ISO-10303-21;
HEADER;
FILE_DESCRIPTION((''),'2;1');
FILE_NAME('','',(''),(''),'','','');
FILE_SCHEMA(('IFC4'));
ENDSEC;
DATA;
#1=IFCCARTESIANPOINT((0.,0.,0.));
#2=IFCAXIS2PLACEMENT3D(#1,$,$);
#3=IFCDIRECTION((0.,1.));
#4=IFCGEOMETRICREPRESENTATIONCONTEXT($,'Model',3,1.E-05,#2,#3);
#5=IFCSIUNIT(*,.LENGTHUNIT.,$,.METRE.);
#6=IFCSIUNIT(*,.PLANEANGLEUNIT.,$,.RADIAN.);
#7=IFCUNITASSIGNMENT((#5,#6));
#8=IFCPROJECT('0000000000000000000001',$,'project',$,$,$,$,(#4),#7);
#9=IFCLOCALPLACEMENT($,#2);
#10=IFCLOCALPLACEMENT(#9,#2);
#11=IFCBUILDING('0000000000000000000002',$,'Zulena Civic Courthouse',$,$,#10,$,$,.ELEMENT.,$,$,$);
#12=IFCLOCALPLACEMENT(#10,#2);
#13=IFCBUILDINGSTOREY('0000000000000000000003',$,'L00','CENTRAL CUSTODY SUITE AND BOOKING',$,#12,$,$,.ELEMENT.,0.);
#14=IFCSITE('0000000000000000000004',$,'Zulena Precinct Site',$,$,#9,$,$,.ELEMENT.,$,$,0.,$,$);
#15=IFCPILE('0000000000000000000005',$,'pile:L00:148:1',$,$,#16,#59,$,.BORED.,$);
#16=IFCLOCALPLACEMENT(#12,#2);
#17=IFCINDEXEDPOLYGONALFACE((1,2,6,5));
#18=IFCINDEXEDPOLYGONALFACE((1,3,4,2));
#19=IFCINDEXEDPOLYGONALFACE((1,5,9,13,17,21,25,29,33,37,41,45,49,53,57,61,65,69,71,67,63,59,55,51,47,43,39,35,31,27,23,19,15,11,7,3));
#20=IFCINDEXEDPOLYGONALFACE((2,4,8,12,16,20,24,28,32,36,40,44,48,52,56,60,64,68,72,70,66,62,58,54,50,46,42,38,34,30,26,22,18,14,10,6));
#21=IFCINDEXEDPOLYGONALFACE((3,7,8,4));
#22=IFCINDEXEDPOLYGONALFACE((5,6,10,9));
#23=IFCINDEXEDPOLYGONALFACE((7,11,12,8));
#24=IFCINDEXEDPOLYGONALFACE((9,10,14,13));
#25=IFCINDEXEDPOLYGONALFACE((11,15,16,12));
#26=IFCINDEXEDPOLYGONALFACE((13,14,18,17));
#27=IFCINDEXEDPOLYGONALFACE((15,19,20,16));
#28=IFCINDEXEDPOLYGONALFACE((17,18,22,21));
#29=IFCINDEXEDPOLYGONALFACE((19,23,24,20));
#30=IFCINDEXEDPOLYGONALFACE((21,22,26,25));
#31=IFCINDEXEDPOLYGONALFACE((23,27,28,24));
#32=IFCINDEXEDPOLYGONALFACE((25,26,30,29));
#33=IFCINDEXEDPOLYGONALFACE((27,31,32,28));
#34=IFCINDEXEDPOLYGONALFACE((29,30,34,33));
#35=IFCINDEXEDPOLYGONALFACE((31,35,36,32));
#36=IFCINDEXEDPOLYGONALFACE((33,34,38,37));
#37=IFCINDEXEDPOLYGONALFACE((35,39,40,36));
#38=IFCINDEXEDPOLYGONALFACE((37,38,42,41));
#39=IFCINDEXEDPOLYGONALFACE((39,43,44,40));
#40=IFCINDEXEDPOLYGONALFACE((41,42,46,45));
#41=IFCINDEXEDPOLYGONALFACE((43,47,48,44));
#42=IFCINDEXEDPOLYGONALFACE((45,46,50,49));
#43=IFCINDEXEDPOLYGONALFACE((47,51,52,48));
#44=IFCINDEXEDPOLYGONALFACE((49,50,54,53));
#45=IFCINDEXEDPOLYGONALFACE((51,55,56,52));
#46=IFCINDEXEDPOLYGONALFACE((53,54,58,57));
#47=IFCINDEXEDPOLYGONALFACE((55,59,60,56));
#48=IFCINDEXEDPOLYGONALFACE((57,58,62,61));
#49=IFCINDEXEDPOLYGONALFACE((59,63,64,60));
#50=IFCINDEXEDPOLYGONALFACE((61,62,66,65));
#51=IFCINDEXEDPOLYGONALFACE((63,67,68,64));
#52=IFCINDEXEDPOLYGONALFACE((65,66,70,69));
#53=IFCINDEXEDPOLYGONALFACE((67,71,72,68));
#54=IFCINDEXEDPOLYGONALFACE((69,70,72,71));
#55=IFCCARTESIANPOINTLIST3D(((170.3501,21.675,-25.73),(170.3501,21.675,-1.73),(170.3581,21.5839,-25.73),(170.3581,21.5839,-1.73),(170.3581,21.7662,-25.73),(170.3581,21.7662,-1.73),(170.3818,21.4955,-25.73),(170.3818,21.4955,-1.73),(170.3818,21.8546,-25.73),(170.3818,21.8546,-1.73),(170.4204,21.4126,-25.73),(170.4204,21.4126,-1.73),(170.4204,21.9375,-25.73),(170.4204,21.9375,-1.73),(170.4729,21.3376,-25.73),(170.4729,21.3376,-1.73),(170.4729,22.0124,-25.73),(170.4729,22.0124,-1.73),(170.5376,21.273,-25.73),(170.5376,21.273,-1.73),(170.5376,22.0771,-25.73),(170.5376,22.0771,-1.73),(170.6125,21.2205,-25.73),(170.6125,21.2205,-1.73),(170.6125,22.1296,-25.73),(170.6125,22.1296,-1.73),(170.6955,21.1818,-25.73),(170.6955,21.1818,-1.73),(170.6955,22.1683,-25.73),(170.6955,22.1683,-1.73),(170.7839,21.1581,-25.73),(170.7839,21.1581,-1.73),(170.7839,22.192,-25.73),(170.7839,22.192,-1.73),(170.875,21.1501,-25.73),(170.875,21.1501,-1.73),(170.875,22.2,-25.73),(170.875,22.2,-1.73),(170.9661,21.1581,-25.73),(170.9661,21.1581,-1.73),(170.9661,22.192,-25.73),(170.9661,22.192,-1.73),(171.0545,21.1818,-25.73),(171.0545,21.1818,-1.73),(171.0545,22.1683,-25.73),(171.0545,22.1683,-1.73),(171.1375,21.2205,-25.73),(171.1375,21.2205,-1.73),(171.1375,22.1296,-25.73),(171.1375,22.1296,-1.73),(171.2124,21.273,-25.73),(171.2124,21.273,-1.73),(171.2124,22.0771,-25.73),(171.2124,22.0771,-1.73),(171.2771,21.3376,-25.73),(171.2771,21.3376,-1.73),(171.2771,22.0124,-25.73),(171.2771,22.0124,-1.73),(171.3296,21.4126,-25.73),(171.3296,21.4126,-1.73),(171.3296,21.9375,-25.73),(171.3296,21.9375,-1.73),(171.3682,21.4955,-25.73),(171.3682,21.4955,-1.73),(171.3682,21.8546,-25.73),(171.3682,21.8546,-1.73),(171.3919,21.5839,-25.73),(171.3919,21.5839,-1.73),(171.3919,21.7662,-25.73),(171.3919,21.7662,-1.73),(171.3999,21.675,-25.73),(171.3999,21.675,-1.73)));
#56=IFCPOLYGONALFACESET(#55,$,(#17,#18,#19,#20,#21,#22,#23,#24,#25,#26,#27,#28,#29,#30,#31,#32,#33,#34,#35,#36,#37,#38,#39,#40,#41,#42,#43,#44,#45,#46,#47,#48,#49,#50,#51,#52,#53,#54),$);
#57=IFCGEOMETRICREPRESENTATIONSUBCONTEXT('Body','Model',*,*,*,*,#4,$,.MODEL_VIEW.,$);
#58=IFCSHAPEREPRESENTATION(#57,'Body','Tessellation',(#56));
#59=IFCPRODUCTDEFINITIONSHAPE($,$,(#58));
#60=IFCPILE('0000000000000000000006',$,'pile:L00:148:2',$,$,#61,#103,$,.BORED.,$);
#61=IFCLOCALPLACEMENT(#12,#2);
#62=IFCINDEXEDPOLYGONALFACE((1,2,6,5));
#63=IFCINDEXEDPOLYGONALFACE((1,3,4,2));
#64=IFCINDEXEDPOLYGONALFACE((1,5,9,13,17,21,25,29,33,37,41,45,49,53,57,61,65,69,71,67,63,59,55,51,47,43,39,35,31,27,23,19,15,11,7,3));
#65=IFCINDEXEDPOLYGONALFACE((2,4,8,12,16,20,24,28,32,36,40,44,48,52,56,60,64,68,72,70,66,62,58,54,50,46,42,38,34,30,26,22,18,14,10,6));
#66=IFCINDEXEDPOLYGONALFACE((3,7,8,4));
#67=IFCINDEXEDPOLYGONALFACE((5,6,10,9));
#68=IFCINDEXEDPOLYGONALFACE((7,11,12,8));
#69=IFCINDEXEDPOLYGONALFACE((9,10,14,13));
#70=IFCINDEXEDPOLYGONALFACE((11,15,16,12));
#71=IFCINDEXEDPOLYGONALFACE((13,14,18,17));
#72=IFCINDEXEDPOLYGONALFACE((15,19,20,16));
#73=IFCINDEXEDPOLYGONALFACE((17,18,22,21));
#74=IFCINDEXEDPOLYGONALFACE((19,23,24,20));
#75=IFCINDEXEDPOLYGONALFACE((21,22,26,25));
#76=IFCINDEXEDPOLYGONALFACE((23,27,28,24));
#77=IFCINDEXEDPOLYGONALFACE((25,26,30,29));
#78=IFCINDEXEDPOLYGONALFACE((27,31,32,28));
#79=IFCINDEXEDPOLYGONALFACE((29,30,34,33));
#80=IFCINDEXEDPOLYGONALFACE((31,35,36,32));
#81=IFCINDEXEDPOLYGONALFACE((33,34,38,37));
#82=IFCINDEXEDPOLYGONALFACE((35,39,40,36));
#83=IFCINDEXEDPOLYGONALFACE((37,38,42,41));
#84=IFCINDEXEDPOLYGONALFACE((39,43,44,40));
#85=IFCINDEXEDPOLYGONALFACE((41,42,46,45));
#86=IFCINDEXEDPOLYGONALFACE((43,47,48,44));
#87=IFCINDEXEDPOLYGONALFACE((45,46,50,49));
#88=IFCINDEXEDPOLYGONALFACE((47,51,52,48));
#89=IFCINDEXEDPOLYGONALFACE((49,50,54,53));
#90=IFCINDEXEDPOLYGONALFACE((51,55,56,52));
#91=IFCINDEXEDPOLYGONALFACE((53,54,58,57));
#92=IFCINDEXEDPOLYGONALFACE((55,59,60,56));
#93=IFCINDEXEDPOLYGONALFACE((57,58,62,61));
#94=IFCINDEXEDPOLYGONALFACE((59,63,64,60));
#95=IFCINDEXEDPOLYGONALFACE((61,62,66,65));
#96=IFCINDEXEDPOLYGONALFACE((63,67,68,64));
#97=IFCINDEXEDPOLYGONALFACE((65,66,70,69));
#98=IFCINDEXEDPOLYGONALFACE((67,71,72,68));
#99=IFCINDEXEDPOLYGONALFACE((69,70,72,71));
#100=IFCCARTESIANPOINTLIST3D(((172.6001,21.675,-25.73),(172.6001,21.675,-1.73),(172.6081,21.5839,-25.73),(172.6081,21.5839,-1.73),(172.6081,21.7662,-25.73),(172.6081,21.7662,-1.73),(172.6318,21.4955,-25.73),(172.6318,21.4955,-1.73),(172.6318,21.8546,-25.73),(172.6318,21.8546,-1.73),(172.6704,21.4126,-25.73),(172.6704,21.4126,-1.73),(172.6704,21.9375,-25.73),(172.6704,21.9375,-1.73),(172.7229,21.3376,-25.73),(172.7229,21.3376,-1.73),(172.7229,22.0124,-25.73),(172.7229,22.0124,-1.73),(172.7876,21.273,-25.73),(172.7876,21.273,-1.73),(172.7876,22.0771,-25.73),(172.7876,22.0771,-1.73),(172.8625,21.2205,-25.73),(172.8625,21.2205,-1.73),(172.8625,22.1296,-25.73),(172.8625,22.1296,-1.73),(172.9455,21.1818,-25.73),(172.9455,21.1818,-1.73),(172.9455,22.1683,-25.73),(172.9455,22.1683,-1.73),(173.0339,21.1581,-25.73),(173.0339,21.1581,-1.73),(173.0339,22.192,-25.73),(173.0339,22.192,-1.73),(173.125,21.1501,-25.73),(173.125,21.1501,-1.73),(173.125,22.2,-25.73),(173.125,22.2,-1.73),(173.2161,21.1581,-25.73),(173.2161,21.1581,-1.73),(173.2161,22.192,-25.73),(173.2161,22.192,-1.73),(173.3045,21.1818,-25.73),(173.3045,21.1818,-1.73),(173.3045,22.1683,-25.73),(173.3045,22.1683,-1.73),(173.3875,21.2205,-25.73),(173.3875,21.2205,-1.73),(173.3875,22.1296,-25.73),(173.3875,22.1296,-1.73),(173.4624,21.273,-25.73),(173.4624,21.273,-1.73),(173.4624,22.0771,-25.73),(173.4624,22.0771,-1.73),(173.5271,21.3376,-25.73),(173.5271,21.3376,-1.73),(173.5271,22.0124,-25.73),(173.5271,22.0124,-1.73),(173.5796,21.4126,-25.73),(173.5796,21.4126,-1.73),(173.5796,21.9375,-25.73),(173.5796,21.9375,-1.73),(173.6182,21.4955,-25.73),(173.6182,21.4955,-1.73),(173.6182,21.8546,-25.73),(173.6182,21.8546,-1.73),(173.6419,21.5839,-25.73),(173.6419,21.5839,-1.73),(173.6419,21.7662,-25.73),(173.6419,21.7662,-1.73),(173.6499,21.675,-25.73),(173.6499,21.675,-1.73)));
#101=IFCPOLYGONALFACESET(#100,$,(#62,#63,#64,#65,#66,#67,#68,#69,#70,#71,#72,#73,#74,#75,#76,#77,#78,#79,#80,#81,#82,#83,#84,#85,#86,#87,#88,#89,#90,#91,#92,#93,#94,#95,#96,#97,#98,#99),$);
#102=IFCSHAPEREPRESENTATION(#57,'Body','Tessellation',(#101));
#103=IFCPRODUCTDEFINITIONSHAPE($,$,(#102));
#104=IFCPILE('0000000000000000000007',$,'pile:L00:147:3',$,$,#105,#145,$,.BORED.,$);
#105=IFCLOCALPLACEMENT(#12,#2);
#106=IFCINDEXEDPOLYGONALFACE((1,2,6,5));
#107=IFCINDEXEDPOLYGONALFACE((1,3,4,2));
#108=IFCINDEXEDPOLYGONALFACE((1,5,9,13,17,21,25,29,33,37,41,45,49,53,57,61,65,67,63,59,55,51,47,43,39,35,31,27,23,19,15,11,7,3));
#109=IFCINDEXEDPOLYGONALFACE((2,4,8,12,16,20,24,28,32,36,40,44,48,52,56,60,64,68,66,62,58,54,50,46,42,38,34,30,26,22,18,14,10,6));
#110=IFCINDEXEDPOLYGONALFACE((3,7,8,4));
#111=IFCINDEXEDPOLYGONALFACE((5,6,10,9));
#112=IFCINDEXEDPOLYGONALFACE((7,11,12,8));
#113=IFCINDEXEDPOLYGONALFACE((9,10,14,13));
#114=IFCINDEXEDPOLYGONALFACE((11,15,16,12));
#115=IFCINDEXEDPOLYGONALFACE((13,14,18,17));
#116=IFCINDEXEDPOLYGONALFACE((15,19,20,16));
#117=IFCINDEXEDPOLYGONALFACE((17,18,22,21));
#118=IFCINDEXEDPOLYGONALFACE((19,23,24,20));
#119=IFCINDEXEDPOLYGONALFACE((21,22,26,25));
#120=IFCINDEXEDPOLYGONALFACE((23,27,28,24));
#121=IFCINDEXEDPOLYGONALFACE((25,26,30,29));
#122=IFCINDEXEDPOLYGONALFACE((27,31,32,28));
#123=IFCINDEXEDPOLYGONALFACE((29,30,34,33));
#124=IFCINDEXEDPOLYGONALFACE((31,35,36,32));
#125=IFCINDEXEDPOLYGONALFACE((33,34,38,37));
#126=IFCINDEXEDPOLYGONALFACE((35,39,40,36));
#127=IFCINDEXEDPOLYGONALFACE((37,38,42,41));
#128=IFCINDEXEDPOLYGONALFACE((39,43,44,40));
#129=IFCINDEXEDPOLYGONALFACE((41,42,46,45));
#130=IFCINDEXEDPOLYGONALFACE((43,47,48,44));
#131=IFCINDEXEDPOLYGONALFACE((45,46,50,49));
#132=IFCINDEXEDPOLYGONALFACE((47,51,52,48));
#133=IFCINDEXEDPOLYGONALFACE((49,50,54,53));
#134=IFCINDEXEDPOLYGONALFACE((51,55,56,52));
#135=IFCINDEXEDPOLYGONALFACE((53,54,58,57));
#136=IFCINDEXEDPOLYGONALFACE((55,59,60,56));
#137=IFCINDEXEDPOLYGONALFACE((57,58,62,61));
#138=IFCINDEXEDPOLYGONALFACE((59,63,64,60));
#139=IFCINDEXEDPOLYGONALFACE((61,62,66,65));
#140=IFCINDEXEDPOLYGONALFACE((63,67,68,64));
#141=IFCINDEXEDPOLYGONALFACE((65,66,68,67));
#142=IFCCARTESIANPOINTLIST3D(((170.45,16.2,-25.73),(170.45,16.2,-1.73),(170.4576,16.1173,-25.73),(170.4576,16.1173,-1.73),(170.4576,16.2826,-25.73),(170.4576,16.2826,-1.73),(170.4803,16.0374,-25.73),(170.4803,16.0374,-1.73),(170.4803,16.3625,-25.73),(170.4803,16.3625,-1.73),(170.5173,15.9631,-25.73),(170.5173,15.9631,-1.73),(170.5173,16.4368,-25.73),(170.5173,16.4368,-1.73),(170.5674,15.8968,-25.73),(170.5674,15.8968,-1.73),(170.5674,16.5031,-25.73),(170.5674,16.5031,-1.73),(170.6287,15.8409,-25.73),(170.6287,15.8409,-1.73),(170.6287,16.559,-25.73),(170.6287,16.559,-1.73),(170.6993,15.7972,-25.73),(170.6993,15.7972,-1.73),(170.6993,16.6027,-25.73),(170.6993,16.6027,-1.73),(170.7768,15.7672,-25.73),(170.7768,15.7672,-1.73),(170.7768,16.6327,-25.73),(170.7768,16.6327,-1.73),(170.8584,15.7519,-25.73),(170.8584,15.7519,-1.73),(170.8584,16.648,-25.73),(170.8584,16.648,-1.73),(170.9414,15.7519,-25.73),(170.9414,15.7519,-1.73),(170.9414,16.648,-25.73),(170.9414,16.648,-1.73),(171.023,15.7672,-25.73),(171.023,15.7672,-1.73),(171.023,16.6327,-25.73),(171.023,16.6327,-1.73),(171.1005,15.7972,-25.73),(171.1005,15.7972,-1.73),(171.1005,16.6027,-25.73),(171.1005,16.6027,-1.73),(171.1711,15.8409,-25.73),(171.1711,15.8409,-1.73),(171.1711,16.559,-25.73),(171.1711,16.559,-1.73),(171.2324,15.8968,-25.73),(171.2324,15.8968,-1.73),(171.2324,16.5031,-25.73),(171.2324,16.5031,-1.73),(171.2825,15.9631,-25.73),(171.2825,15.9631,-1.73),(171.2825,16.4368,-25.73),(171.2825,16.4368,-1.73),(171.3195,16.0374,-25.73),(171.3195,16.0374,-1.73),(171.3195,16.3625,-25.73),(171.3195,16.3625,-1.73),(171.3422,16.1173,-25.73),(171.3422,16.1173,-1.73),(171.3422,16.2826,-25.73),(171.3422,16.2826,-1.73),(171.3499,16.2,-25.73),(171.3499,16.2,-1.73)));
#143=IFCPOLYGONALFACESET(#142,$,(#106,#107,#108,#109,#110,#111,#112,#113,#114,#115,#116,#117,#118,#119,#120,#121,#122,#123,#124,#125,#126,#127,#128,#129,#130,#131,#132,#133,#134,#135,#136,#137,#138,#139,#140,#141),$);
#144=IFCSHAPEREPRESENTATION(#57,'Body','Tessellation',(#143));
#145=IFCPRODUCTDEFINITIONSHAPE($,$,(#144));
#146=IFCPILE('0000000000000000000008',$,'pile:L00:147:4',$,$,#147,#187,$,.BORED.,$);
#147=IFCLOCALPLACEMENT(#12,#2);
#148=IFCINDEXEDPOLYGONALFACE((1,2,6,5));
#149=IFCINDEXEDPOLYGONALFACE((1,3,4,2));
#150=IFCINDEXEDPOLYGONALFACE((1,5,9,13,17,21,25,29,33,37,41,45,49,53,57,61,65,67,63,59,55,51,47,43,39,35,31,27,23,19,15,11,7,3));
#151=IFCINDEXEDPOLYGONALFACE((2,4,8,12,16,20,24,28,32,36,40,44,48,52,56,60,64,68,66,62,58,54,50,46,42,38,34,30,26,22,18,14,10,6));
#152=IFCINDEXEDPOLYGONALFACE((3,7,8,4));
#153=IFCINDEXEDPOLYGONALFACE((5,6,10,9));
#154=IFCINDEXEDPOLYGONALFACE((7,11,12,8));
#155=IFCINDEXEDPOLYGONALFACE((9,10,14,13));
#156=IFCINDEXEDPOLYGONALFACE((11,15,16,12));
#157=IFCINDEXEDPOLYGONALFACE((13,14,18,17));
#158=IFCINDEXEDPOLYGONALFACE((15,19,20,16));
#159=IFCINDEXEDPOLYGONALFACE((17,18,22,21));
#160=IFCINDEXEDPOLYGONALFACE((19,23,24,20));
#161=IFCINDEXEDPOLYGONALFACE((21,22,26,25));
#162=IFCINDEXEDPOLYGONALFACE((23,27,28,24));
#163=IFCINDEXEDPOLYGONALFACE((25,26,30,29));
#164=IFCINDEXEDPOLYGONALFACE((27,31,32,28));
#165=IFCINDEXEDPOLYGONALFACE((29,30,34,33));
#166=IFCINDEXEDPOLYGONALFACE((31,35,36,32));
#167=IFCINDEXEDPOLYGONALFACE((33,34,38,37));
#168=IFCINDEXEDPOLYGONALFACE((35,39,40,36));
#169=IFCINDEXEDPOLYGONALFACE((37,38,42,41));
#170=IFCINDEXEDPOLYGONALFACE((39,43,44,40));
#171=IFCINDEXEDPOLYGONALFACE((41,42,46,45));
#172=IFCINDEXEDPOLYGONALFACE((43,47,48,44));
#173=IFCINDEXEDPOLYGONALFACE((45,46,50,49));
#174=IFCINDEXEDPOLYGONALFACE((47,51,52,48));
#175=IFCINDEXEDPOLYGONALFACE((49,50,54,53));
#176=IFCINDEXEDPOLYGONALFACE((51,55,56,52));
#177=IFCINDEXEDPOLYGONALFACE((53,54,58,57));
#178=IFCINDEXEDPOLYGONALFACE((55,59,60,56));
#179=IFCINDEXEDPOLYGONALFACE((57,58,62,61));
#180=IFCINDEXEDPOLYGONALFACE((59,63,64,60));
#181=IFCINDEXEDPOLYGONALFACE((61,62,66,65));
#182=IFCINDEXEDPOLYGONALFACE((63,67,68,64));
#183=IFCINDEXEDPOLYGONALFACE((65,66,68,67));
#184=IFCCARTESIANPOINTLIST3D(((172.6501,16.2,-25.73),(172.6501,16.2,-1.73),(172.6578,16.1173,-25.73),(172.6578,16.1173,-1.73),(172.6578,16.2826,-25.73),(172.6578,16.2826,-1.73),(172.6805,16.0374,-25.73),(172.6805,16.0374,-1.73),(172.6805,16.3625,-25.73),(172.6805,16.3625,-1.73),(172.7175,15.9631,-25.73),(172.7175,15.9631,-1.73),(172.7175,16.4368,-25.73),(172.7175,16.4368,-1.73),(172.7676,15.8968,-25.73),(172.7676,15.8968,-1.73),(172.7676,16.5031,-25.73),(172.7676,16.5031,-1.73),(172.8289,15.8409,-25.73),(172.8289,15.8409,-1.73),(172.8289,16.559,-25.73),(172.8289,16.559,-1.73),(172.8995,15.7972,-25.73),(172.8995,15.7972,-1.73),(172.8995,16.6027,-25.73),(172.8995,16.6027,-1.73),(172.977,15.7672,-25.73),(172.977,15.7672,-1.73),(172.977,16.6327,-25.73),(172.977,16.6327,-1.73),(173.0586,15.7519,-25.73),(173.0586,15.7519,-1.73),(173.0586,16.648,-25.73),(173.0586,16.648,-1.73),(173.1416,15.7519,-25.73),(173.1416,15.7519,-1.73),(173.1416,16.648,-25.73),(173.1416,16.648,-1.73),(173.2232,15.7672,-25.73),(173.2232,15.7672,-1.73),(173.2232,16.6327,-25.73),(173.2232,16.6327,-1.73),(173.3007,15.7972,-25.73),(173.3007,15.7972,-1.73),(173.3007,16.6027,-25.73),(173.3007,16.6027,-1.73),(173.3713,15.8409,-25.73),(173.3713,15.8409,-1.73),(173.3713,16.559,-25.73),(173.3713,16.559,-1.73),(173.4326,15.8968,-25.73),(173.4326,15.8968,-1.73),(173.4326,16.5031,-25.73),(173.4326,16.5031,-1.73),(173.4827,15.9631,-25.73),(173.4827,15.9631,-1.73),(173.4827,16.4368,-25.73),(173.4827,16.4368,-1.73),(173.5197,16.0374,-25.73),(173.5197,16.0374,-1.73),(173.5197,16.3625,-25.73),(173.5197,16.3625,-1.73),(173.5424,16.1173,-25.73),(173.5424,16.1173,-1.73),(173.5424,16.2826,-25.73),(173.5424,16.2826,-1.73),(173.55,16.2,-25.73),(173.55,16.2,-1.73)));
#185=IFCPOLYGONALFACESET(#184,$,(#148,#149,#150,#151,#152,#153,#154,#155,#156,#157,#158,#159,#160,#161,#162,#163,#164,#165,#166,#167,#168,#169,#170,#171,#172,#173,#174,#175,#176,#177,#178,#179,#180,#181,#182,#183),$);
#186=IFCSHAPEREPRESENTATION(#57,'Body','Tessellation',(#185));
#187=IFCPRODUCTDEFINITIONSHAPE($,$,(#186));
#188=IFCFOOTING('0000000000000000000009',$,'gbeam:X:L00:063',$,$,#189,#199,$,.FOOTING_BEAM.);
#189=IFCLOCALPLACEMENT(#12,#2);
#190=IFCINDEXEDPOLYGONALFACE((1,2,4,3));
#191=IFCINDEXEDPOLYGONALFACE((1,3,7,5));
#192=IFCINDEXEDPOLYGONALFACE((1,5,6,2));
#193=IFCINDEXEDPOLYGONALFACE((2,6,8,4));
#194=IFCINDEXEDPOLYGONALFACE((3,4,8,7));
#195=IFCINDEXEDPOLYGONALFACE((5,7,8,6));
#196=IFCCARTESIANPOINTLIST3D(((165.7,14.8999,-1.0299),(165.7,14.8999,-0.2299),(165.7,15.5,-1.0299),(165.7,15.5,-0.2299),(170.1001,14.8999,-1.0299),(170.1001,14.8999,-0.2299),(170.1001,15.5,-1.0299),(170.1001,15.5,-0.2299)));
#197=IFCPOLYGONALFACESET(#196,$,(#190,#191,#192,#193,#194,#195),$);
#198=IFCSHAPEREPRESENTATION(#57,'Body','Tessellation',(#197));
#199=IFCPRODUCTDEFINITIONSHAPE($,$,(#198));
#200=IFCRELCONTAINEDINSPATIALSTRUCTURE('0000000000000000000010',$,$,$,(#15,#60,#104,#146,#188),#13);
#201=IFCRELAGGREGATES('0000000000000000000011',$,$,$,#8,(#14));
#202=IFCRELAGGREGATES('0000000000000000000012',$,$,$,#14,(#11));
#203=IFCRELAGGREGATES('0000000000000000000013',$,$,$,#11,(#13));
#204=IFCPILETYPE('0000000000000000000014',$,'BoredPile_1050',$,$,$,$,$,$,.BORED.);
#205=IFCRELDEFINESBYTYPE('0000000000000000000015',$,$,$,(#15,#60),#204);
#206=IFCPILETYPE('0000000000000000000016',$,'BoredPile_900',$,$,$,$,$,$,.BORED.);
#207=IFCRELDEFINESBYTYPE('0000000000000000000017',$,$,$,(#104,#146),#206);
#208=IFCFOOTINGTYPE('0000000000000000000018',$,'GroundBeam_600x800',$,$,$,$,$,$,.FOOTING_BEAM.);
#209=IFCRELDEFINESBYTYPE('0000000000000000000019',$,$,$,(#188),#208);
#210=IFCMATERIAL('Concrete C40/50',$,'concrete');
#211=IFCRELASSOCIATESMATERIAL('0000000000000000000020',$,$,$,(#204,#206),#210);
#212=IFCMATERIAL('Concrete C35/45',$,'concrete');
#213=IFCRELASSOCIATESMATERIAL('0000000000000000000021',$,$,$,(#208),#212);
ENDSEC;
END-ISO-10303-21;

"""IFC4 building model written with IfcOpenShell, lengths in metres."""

from ifc_helpers import new_model, si_unit, direction, frame, origin, origin_2d, place, context, subcontext, project, spatial, rectangle, circle, extrude, material, material_profile, profile_set, type_object, element, save


model = new_model("IFC4")

# Units and contexts
model_context = context("Model", 3, precision=1e-05, world=origin(), true_north=direction((0.0, 1.0)))
body_context = subcontext(model_context, "Body", "Model", "MODEL_VIEW")
ifc_project = project(units=[si_unit("LENGTHUNIT", "METRE"), si_unit("PLANEANGLEUNIT", "RADIAN")], contexts=[model_context])

# Site, building, storey
site_placement = place(None, origin())
site = spatial("IfcSite", under=ifc_project, at=site_placement, Name="Zulena Precinct Site", CompositionType="ELEMENT", RefElevation=0.0)
building_placement = place(site_placement, origin())
building = spatial("IfcBuilding", under=site, at=building_placement, Name="Zulena Civic Courthouse", CompositionType="ELEMENT")
storey_placement = place(building_placement, origin())
storey = spatial("IfcBuildingStorey", under=building, at=storey_placement, Name="L00", Description="CENTRAL CUSTODY SUITE AND BOOKING", CompositionType="ELEMENT", Elevation=0.0)

# Piles
ifc_material_1 = material(Name="Concrete C40/50", Category="concrete")
ifc_material_profile_1 = material_profile(ifc_material_1, circle(Radius=0.5249, at=origin_2d()), Name="PILE1050")
ifc_profile_set_1 = profile_set([ifc_material_profile_1], Name="Concrete C40/50")
pile_type_1 = type_object("IfcPileType", Name="BoredPile_1050", PredefinedType="BORED", material=ifc_profile_set_1)
for number, where, z_axis, x_axis, name in (
    (1, (170.875, 21.675, -1.73), (0.0, 0.0, -1.0), (1.0, 0.0, 0.0), "pile:L00:148:1"),
    (2, (173.125, 21.675, -1.73), (0.0, 0.0, -1.0), (1.0, 0.0, 0.0), "pile:L00:148:2"),
):
    element("IfcPile", number, at=place(storey_placement, frame(where, z_axis=z_axis, x_axis=x_axis)), inside=storey, type_object=pile_type_1, Name=name, PredefinedType="BORED", context=body_context, shape_type="SweptSolid", body=[
        extrude(circle(Radius=0.5249, at=origin_2d()), origin(), (0.0, 0.0, 1.0), 24.0),
    ])
ifc_material_profile_2 = material_profile(ifc_material_1, circle(Radius=0.45, at=origin_2d()), Name="PILE900")
ifc_profile_set_2 = profile_set([ifc_material_profile_2], Name="Concrete C40/50")
pile_type_2 = type_object("IfcPileType", Name="BoredPile_900", PredefinedType="BORED", material=ifc_profile_set_2)
for number, where, z_axis, x_axis, name in (
    (3, (170.8999, 16.2, -1.73), (0.0, 0.0, -1.0), (1.0, 0.0, 0.0), "pile:L00:147:3"),
    (4, (173.1001, 16.2, -1.73), (0.0, 0.0, -1.0), (1.0, 0.0, 0.0), "pile:L00:147:4"),
):
    element("IfcPile", number, at=place(storey_placement, frame(where, z_axis=z_axis, x_axis=x_axis)), inside=storey, type_object=pile_type_2, Name=name, PredefinedType="BORED", context=body_context, shape_type="SweptSolid", body=[
        extrude(circle(Radius=0.45, at=origin_2d()), origin(), (0.0, 0.0, 1.0), 24.0),
    ])

# Footing
ifc_material_2 = material(Name="Concrete C35/45", Category="concrete")
ifc_material_profile_3 = material_profile(ifc_material_2, rectangle(XDim=0.6001, YDim=0.8, at=origin_2d()), Name="RC600X800")
ifc_profile_set_3 = profile_set([ifc_material_profile_3], Name="Concrete C35/45")
footing_type_1 = type_object("IfcFootingType", Name="GroundBeam_600x800", PredefinedType="FOOTING_BEAM", material=ifc_profile_set_3)
footing_1_placement = place(storey_placement, frame((165.7, 15.2, -0.6299), z_axis=(1.0, 0.0, 0.0), x_axis=(0.0, 1.0, 0.0)))
element("IfcFooting", 5, at=footing_1_placement, inside=storey, type_object=footing_type_1, Name="gbeam:X:L00:063", PredefinedType="FOOTING_BEAM", context=body_context, shape_type="SweptSolid", body=[
    extrude(rectangle(XDim=0.6001, YDim=0.8, at=origin_2d()), origin(), (0.0, 0.0, 1.0), 4.4001),
])

save(model, "model.ifc")
